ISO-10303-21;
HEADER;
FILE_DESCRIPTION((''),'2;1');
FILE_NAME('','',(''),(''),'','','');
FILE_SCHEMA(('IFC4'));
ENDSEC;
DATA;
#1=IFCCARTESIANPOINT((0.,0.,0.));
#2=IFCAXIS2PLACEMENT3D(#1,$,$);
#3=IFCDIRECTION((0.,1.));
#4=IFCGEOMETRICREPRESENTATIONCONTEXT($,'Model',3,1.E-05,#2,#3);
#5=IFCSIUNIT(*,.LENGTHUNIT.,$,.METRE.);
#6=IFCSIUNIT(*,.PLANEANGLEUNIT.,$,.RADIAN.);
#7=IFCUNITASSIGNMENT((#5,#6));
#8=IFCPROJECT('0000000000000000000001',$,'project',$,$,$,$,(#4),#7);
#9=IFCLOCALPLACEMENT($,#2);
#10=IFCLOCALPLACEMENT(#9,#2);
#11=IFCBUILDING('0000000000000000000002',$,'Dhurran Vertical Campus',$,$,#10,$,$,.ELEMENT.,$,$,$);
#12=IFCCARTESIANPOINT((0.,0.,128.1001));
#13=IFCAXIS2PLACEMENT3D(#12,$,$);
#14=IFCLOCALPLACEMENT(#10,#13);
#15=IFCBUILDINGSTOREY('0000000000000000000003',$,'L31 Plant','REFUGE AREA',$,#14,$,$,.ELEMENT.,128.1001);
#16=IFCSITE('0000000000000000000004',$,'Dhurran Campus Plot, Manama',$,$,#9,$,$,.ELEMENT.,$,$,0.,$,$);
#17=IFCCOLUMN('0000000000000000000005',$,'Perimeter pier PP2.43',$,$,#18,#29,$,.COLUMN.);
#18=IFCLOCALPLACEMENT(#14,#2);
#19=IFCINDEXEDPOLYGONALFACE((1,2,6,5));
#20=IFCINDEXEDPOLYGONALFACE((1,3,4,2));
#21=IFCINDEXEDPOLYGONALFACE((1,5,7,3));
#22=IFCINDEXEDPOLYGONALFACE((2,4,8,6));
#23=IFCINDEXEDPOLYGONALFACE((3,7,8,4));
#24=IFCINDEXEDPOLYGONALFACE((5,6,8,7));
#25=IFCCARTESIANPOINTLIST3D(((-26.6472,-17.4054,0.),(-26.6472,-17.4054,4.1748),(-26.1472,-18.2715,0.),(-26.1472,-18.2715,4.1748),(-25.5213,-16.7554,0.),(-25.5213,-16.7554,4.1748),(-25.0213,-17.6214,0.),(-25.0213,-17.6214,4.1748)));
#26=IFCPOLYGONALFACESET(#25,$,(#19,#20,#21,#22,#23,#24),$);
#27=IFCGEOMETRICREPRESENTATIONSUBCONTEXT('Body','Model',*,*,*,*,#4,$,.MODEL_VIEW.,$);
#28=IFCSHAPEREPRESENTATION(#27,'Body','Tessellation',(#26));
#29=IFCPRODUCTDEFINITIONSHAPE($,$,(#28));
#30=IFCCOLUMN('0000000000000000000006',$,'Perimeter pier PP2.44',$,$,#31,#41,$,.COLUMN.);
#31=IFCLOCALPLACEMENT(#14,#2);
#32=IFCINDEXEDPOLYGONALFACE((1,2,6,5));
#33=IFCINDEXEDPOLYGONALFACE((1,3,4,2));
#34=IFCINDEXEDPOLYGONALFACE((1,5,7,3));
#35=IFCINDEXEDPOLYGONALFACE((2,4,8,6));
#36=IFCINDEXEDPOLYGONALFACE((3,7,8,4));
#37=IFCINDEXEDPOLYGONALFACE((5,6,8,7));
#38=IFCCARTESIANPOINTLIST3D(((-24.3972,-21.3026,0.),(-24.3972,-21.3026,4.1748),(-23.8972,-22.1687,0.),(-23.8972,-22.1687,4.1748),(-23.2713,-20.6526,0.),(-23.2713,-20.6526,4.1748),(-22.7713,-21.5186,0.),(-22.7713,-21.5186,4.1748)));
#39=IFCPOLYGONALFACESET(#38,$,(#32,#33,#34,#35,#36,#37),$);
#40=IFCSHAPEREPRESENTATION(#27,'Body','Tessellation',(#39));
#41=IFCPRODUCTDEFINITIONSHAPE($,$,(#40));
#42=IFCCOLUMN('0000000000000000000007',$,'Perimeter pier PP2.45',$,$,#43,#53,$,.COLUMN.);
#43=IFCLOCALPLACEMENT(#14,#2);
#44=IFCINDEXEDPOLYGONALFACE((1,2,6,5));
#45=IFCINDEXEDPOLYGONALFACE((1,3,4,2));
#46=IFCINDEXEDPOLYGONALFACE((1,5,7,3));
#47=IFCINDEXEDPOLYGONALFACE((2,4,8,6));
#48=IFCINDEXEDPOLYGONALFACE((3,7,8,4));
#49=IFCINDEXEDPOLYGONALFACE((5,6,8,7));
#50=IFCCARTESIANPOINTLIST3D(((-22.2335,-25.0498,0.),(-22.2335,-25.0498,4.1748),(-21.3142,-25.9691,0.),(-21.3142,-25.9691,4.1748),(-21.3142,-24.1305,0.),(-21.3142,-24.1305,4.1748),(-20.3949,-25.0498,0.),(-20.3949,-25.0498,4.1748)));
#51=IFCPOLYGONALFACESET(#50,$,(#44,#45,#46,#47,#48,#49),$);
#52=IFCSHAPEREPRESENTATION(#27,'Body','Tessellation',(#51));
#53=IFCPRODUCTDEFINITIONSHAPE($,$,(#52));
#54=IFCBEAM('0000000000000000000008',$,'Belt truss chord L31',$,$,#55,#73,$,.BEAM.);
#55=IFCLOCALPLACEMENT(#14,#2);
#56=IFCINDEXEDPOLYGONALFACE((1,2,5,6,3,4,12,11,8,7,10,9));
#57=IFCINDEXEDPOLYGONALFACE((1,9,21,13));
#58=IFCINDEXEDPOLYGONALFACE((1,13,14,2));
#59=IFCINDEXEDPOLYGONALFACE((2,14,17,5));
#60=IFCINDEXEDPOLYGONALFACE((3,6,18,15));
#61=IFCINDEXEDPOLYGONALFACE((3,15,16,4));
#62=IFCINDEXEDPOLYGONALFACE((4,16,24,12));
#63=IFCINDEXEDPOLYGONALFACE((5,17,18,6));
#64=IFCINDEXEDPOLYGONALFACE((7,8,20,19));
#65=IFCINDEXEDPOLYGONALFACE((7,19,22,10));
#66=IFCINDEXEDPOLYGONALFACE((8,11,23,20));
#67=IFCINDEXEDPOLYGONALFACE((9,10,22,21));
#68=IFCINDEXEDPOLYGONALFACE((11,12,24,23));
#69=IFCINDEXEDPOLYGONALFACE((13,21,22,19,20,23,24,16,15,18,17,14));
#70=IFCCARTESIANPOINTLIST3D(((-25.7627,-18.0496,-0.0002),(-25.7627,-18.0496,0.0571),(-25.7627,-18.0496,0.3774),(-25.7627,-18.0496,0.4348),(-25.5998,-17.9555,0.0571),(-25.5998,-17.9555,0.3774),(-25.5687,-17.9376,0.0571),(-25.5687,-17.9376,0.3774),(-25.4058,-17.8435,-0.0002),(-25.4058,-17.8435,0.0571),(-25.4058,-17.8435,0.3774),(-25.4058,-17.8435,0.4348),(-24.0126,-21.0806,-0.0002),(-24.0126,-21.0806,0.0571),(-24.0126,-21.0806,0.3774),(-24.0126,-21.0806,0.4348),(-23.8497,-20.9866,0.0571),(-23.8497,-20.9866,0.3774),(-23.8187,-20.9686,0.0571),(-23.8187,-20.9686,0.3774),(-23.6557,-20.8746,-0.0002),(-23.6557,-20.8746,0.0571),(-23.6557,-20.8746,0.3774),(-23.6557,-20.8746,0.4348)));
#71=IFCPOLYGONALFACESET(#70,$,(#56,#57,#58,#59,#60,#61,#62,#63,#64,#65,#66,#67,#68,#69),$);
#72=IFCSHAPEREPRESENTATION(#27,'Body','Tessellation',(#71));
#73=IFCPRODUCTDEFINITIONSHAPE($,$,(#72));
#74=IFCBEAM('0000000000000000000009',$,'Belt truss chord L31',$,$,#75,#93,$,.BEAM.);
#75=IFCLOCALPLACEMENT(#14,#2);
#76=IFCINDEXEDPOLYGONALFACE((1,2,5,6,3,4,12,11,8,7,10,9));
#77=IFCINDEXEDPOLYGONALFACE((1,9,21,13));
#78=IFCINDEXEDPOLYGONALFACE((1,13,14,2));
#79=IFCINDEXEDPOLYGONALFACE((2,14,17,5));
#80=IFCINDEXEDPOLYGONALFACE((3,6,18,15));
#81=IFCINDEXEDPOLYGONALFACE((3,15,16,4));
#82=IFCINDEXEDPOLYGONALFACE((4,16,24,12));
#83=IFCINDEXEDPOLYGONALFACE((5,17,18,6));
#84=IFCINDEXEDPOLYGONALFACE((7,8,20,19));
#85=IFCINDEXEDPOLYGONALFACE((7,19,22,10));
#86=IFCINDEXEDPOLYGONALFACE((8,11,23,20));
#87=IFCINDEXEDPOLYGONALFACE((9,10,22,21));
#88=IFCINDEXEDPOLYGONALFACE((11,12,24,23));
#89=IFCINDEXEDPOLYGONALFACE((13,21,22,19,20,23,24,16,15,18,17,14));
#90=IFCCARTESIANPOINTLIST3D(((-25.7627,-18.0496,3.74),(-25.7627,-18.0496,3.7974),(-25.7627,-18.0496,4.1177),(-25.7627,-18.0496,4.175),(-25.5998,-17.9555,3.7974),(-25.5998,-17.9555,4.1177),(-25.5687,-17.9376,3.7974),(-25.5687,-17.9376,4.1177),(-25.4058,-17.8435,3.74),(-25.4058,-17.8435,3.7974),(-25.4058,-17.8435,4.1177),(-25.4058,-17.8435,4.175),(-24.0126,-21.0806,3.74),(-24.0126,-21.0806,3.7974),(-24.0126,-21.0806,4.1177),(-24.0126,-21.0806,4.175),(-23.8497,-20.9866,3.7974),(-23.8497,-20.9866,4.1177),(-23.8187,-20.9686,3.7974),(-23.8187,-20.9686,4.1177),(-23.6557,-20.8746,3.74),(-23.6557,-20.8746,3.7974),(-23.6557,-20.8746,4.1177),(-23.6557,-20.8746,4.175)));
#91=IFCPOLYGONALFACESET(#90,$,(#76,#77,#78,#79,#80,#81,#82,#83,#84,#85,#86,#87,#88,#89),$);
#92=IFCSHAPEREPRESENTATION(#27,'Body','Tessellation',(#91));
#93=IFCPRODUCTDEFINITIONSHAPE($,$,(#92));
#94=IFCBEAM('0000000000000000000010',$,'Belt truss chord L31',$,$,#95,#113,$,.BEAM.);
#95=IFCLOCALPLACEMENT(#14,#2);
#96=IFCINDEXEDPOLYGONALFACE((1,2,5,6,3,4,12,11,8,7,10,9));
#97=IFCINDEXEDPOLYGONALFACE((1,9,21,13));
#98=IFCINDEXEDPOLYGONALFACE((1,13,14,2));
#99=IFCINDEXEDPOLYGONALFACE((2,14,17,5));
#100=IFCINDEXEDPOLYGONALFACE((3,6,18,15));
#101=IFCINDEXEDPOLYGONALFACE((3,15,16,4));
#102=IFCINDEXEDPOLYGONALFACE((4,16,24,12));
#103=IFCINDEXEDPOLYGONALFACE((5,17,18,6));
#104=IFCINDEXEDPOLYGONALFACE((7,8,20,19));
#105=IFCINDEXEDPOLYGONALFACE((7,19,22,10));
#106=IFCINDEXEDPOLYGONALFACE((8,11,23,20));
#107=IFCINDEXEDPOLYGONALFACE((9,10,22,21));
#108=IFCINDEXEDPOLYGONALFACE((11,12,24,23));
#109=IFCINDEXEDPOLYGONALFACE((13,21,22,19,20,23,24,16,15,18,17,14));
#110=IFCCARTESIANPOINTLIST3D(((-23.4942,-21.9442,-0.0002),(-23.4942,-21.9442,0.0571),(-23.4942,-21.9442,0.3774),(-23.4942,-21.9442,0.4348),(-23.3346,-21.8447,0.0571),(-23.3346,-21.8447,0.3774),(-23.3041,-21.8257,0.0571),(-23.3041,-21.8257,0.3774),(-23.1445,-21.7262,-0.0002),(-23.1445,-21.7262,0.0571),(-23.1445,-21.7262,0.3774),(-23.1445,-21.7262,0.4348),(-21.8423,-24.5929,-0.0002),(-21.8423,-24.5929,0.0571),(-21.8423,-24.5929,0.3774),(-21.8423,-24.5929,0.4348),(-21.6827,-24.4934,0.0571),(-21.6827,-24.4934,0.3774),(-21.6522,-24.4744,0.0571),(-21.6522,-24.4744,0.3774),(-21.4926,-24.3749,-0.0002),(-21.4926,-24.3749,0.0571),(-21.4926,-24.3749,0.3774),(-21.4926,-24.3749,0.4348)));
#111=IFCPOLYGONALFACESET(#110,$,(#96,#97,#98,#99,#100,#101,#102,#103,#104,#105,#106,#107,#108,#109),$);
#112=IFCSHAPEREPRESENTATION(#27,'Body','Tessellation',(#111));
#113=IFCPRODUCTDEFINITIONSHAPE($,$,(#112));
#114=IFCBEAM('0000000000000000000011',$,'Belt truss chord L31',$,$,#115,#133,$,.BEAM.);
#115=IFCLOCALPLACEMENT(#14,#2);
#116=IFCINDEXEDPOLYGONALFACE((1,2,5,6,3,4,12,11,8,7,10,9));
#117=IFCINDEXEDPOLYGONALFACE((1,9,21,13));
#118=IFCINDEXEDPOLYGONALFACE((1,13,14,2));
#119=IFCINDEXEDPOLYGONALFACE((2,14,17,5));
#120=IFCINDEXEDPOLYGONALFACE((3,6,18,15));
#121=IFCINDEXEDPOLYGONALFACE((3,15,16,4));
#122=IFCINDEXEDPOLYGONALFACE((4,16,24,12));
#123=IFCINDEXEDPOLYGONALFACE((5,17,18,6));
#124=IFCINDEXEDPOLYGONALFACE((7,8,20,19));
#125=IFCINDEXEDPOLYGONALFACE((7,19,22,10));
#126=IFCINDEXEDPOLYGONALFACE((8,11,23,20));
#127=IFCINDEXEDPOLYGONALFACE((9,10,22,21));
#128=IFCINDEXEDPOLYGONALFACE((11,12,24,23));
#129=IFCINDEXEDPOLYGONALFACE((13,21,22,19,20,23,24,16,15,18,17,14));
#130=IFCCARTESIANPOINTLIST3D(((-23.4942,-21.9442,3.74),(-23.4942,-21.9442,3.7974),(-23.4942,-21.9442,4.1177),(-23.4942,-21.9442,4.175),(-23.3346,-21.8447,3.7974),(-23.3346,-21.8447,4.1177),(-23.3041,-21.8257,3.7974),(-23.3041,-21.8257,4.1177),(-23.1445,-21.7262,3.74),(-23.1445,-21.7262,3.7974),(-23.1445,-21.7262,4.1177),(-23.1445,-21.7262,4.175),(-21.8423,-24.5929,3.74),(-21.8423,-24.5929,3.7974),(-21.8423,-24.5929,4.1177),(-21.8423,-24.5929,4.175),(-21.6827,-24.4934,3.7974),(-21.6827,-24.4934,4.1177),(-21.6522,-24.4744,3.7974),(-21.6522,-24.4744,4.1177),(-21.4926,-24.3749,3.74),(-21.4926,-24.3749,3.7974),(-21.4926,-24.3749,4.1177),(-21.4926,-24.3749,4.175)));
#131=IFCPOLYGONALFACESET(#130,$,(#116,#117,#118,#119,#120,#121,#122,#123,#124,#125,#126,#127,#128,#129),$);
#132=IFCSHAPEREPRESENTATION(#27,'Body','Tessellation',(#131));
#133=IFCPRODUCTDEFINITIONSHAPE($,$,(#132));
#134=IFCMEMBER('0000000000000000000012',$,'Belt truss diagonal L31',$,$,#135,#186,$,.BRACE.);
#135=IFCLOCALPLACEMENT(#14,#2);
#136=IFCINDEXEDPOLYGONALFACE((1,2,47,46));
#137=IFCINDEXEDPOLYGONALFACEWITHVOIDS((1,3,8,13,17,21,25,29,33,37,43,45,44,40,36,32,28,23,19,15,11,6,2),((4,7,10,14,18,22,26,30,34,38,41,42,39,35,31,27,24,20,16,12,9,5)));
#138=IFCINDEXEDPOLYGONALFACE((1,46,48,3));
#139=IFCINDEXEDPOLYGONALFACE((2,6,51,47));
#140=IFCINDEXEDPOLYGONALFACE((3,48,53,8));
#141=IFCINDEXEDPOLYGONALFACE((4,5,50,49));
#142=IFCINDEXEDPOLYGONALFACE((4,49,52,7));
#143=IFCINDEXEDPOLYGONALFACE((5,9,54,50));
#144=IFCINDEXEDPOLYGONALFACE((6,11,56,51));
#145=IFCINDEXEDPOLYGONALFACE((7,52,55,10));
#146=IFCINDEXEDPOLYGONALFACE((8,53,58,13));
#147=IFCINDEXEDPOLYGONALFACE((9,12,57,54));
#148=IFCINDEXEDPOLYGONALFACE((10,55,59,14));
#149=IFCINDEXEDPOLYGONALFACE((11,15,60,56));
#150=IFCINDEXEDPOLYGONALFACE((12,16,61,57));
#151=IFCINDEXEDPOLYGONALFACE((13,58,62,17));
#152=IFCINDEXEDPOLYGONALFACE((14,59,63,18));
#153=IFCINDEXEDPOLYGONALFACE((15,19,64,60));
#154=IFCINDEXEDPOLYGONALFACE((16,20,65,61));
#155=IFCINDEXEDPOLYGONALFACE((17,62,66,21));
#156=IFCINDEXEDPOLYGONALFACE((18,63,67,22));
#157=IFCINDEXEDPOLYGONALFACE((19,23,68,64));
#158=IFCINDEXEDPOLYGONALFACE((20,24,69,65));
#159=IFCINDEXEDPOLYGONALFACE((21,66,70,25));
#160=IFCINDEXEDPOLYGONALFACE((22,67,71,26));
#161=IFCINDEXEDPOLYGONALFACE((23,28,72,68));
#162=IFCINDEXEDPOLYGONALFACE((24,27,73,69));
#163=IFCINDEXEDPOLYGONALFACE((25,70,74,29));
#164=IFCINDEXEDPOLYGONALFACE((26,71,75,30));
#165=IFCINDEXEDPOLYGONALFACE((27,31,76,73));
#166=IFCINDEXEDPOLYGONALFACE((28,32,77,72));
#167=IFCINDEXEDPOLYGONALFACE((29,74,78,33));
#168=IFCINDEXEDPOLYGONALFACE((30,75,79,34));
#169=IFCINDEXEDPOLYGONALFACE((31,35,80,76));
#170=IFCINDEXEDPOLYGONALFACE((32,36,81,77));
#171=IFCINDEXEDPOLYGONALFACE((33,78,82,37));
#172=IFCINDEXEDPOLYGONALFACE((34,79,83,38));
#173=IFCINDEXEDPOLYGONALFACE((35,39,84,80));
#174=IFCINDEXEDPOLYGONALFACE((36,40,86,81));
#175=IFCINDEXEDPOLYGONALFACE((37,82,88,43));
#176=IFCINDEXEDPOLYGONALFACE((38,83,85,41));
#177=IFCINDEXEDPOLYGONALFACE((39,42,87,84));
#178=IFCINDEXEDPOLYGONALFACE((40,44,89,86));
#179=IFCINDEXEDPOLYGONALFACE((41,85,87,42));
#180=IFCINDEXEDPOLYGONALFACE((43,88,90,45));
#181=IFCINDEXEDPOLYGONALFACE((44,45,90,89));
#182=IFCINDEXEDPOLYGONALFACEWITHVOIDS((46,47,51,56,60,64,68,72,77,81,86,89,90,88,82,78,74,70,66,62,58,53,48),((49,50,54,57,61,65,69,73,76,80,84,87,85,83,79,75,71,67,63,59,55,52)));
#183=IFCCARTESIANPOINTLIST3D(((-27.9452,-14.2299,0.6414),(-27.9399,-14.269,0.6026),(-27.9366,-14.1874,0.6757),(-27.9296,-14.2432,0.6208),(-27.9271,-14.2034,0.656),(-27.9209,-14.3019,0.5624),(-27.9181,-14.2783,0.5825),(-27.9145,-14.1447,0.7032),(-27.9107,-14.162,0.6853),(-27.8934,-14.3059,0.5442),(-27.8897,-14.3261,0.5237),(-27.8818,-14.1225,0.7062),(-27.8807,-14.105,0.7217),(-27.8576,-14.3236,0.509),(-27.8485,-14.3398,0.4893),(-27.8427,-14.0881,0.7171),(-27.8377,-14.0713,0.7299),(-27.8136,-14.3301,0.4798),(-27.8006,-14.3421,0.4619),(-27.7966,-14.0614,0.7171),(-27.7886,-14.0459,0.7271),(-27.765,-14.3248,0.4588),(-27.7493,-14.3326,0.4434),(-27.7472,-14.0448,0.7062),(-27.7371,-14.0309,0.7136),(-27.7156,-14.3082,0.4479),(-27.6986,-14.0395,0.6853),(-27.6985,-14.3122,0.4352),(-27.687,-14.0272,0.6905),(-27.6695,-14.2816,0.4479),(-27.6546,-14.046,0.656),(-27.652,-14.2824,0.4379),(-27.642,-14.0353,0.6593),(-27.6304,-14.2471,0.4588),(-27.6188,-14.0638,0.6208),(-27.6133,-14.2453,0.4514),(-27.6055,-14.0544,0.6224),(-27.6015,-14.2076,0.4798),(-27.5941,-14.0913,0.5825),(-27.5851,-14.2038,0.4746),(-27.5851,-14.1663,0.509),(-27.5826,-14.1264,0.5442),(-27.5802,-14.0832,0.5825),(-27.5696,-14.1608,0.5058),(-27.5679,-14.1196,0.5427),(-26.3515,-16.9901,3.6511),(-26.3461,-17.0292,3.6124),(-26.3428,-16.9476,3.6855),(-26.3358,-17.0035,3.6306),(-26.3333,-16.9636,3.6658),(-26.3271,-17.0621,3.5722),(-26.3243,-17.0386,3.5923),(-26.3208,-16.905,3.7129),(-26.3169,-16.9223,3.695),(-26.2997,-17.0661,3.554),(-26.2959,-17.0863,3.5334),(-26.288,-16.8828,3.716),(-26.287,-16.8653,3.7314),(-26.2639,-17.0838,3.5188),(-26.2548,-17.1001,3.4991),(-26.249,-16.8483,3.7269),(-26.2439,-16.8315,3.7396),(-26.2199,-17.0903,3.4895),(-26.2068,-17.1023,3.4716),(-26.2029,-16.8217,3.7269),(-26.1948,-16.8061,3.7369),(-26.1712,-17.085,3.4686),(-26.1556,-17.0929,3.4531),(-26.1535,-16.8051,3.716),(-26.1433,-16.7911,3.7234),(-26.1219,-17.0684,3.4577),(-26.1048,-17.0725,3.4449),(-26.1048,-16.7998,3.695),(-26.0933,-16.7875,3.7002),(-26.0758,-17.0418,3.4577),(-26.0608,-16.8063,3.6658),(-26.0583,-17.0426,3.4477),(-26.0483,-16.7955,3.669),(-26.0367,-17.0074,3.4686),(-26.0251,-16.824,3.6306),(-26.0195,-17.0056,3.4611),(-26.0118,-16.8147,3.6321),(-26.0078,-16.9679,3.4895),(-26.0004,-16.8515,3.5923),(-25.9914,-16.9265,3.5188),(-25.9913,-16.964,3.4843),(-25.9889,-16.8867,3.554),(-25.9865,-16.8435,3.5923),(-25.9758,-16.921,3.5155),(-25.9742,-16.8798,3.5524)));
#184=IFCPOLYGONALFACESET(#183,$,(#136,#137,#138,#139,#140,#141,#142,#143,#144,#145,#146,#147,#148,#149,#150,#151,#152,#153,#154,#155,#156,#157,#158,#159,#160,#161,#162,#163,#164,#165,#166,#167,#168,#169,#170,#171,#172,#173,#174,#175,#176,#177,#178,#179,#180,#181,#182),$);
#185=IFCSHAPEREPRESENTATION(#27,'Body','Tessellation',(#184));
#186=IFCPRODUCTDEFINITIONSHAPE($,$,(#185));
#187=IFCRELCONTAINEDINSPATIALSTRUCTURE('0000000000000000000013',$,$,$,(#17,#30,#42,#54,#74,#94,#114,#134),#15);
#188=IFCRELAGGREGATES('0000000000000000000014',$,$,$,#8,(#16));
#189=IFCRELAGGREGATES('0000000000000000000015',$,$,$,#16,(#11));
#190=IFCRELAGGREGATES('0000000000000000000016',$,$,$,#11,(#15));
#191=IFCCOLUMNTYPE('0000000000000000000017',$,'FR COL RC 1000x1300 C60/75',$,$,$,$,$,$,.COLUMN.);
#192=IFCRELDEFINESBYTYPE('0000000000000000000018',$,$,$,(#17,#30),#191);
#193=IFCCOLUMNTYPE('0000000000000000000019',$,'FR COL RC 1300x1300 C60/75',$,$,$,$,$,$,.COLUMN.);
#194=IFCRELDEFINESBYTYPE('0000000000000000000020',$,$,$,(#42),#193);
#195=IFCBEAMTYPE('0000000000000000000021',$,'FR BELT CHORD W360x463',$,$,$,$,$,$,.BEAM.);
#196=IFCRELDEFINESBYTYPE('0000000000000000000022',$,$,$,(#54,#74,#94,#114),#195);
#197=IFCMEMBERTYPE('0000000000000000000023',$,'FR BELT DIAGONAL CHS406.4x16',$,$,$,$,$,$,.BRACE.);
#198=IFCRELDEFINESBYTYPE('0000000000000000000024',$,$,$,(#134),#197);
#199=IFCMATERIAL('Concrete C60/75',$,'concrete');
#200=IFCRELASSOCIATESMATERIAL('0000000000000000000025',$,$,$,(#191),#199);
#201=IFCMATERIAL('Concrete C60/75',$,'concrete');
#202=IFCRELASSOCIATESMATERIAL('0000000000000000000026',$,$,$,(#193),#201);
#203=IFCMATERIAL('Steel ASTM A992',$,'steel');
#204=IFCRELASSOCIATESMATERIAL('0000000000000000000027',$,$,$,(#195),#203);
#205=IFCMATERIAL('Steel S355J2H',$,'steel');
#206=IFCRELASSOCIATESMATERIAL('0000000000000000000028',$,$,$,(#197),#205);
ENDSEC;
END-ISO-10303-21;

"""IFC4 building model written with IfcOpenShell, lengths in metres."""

from ifc_helpers import new_model, si_unit, direction, frame, origin, origin_2d, place, context, subcontext, project, spatial, rectangle, hollow_circle, i_section, extrude, material, material_profile, profile_set, type_object, element, save


model = new_model("IFC4")

# Units and contexts
model_context = context("Model", 3, precision=1e-05, world=origin(), true_north=direction((0.0, 1.0)))
body_context = subcontext(model_context, "Body", "Model", "MODEL_VIEW")
ifc_project = project(units=[si_unit("LENGTHUNIT", "METRE"), si_unit("PLANEANGLEUNIT", "RADIAN")], contexts=[model_context])

# Site, building, storey
site_placement = place(None, origin())
site = spatial("IfcSite", under=ifc_project, at=site_placement, Name="Dhurran Campus Plot, Manama", CompositionType="ELEMENT", RefElevation=0.0)
building_placement = place(site_placement, origin())
building = spatial("IfcBuilding", under=site, at=building_placement, Name="Dhurran Vertical Campus", CompositionType="ELEMENT")
storey_placement = place(building_placement, frame((0.0, 0.0, 128.1001)))
storey = spatial("IfcBuildingStorey", under=building, at=storey_placement, Name="L31 Plant", Description="REFUGE AREA", CompositionType="ELEMENT", Elevation=128.1001)

# Columns
ifc_material_1 = material(Name="Concrete C60/75", Category="concrete")
ifc_material_profile_1 = material_profile(ifc_material_1, rectangle(XDim=1.0, YDim=1.3, at=origin_2d()), Name="RC 1000x1300")
ifc_profile_set_1 = profile_set([ifc_material_profile_1], Name="Concrete C60/75")
column_type_1 = type_object("IfcColumnType", Name="FR COL RC 1000x1300 C60/75", PredefinedType="COLUMN", material=ifc_profile_set_1)
for number, where, z_axis, x_axis, name in (
    (1, (-25.8342, -17.5134, 0.0), (0.0, 0.0, 1.0), (0.5, -0.866025, 0.0), "Perimeter pier PP2.43"),
    (2, (-23.5842, -21.4106, 0.0), (0.0, 0.0, 1.0), (0.5, -0.866025, 0.0), "Perimeter pier PP2.44"),
):
    element("IfcColumn", number, at=place(storey_placement, frame(where, z_axis=z_axis, x_axis=x_axis)), inside=storey, type_object=column_type_1, Name=name, PredefinedType="COLUMN", context=body_context, shape_type="SweptSolid", body=[
        extrude(rectangle(XDim=1.0, YDim=1.3, at=origin_2d()), origin(), (0.0, 0.0, 1.0), 4.1748),
    ])
ifc_material_2 = material(Name="Concrete C60/75", Category="concrete")
ifc_material_profile_2 = material_profile(ifc_material_2, rectangle(XDim=1.3, YDim=1.3, at=origin_2d()), Name="RC 1300x1300")
ifc_profile_set_2 = profile_set([ifc_material_profile_2], Name="Concrete C60/75")
column_type_2 = type_object("IfcColumnType", Name="FR COL RC 1300x1300 C60/75", PredefinedType="COLUMN", material=ifc_profile_set_2)
column_placement = place(storey_placement, frame((-21.3142, -25.0498, 0.0), z_axis=(0.0, 0.0, 1.0), x_axis=(0.707107, -0.707107, 0.0)))
element("IfcColumn", 3, at=column_placement, inside=storey, type_object=column_type_2, Name="Perimeter pier PP2.45", PredefinedType="COLUMN", context=body_context, shape_type="SweptSolid", body=[
    extrude(rectangle(XDim=1.3, YDim=1.3, at=origin_2d()), origin(), (0.0, 0.0, 1.0), 4.1748),
])

# Beams
ifc_material_3 = material(Name="Steel ASTM A992", Category="steel")
ifc_material_profile_3 = material_profile(ifc_material_3, i_section(OverallWidth=0.4121, OverallDepth=0.4351, WebThickness=0.0359, FlangeThickness=0.0574, at=origin_2d()), Name="W360x463")
ifc_profile_set_3 = profile_set([ifc_material_profile_3], Name="Steel ASTM A992")
beam_type = type_object("IfcBeamType", Name="FR BELT CHORD W360x463", PredefinedType="BEAM", material=ifc_profile_set_3)
for number, where, z_axis, x_axis, name in (
    (4, (-25.5842, -17.9465, 0.2173), (0.50001, -0.866019, 0.0), (0.866019, 0.50001, 0.0), "Belt truss chord L31"),
    (5, (-25.5842, -17.9465, 3.9575), (0.50001, -0.866019, 0.0), (0.866019, 0.50001, 0.0), "Belt truss chord L31"),
):
    element("IfcBeam", number, at=place(storey_placement, frame(where, z_axis=z_axis, x_axis=x_axis)), inside=storey, type_object=beam_type, Name=name, PredefinedType="BEAM", context=body_context, shape_type="SweptSolid", body=[
        extrude(i_section(OverallWidth=0.4121, OverallDepth=0.4351, WebThickness=0.0359, FlangeThickness=0.0574, at=origin_2d()), origin(), (0.0, 0.0, 1.0), 3.5),
    ])
for number, where, z_axis, x_axis, name in (
    (6, (-23.3193, -21.8352, 0.2173), (0.529176, -0.848512, 0.0), (0.848512, 0.529176, 0.0), "Belt truss chord L31"),
    (7, (-23.3193, -21.8352, 3.9575), (0.529176, -0.848512, 0.0), (0.848512, 0.529176, 0.0), "Belt truss chord L31"),
):
    element("IfcBeam", number, at=place(storey_placement, frame(where, z_axis=z_axis, x_axis=x_axis)), inside=storey, type_object=beam_type, Name=name, PredefinedType="BEAM", context=body_context, shape_type="SweptSolid", body=[
        extrude(i_section(OverallWidth=0.4121, OverallDepth=0.4351, WebThickness=0.0359, FlangeThickness=0.0574, at=origin_2d()), origin(), (0.0, 0.0, 1.0), 3.1216),
    ])

# Member
ifc_material_4 = material(Name="Steel S355J2H", Category="steel")
ifc_material_profile_4 = material_profile(ifc_material_4, hollow_circle(Radius=0.2031, WallThickness=0.0161, at=origin_2d()), Name="CHS406.4x16")
ifc_profile_set_4 = profile_set([ifc_material_profile_4], Name="Steel S355J2H")
member_type = type_object("IfcMemberType", Name="FR BELT DIAGONAL CHS406.4x16", PredefinedType="BRACE", material=ifc_profile_set_4)
member_1_placement = place(storey_placement, frame((-27.7561, -14.1848, 0.5825), z_axis=(0.363554, -0.629648, 0.686565), x_axis=(0.86601, 0.500027, 0.0)))
element("IfcMember", 8, at=member_1_placement, inside=storey, type_object=member_type, Name="Belt truss diagonal L31", PredefinedType="BRACE", context=body_context, shape_type="SweptSolid", body=[
    extrude(hollow_circle(Radius=0.2031, WallThickness=0.0161, at=origin_2d()), origin(), (0.0, 0.0, 1.0), 4.3838),
])

save(model, "model.ifc")
